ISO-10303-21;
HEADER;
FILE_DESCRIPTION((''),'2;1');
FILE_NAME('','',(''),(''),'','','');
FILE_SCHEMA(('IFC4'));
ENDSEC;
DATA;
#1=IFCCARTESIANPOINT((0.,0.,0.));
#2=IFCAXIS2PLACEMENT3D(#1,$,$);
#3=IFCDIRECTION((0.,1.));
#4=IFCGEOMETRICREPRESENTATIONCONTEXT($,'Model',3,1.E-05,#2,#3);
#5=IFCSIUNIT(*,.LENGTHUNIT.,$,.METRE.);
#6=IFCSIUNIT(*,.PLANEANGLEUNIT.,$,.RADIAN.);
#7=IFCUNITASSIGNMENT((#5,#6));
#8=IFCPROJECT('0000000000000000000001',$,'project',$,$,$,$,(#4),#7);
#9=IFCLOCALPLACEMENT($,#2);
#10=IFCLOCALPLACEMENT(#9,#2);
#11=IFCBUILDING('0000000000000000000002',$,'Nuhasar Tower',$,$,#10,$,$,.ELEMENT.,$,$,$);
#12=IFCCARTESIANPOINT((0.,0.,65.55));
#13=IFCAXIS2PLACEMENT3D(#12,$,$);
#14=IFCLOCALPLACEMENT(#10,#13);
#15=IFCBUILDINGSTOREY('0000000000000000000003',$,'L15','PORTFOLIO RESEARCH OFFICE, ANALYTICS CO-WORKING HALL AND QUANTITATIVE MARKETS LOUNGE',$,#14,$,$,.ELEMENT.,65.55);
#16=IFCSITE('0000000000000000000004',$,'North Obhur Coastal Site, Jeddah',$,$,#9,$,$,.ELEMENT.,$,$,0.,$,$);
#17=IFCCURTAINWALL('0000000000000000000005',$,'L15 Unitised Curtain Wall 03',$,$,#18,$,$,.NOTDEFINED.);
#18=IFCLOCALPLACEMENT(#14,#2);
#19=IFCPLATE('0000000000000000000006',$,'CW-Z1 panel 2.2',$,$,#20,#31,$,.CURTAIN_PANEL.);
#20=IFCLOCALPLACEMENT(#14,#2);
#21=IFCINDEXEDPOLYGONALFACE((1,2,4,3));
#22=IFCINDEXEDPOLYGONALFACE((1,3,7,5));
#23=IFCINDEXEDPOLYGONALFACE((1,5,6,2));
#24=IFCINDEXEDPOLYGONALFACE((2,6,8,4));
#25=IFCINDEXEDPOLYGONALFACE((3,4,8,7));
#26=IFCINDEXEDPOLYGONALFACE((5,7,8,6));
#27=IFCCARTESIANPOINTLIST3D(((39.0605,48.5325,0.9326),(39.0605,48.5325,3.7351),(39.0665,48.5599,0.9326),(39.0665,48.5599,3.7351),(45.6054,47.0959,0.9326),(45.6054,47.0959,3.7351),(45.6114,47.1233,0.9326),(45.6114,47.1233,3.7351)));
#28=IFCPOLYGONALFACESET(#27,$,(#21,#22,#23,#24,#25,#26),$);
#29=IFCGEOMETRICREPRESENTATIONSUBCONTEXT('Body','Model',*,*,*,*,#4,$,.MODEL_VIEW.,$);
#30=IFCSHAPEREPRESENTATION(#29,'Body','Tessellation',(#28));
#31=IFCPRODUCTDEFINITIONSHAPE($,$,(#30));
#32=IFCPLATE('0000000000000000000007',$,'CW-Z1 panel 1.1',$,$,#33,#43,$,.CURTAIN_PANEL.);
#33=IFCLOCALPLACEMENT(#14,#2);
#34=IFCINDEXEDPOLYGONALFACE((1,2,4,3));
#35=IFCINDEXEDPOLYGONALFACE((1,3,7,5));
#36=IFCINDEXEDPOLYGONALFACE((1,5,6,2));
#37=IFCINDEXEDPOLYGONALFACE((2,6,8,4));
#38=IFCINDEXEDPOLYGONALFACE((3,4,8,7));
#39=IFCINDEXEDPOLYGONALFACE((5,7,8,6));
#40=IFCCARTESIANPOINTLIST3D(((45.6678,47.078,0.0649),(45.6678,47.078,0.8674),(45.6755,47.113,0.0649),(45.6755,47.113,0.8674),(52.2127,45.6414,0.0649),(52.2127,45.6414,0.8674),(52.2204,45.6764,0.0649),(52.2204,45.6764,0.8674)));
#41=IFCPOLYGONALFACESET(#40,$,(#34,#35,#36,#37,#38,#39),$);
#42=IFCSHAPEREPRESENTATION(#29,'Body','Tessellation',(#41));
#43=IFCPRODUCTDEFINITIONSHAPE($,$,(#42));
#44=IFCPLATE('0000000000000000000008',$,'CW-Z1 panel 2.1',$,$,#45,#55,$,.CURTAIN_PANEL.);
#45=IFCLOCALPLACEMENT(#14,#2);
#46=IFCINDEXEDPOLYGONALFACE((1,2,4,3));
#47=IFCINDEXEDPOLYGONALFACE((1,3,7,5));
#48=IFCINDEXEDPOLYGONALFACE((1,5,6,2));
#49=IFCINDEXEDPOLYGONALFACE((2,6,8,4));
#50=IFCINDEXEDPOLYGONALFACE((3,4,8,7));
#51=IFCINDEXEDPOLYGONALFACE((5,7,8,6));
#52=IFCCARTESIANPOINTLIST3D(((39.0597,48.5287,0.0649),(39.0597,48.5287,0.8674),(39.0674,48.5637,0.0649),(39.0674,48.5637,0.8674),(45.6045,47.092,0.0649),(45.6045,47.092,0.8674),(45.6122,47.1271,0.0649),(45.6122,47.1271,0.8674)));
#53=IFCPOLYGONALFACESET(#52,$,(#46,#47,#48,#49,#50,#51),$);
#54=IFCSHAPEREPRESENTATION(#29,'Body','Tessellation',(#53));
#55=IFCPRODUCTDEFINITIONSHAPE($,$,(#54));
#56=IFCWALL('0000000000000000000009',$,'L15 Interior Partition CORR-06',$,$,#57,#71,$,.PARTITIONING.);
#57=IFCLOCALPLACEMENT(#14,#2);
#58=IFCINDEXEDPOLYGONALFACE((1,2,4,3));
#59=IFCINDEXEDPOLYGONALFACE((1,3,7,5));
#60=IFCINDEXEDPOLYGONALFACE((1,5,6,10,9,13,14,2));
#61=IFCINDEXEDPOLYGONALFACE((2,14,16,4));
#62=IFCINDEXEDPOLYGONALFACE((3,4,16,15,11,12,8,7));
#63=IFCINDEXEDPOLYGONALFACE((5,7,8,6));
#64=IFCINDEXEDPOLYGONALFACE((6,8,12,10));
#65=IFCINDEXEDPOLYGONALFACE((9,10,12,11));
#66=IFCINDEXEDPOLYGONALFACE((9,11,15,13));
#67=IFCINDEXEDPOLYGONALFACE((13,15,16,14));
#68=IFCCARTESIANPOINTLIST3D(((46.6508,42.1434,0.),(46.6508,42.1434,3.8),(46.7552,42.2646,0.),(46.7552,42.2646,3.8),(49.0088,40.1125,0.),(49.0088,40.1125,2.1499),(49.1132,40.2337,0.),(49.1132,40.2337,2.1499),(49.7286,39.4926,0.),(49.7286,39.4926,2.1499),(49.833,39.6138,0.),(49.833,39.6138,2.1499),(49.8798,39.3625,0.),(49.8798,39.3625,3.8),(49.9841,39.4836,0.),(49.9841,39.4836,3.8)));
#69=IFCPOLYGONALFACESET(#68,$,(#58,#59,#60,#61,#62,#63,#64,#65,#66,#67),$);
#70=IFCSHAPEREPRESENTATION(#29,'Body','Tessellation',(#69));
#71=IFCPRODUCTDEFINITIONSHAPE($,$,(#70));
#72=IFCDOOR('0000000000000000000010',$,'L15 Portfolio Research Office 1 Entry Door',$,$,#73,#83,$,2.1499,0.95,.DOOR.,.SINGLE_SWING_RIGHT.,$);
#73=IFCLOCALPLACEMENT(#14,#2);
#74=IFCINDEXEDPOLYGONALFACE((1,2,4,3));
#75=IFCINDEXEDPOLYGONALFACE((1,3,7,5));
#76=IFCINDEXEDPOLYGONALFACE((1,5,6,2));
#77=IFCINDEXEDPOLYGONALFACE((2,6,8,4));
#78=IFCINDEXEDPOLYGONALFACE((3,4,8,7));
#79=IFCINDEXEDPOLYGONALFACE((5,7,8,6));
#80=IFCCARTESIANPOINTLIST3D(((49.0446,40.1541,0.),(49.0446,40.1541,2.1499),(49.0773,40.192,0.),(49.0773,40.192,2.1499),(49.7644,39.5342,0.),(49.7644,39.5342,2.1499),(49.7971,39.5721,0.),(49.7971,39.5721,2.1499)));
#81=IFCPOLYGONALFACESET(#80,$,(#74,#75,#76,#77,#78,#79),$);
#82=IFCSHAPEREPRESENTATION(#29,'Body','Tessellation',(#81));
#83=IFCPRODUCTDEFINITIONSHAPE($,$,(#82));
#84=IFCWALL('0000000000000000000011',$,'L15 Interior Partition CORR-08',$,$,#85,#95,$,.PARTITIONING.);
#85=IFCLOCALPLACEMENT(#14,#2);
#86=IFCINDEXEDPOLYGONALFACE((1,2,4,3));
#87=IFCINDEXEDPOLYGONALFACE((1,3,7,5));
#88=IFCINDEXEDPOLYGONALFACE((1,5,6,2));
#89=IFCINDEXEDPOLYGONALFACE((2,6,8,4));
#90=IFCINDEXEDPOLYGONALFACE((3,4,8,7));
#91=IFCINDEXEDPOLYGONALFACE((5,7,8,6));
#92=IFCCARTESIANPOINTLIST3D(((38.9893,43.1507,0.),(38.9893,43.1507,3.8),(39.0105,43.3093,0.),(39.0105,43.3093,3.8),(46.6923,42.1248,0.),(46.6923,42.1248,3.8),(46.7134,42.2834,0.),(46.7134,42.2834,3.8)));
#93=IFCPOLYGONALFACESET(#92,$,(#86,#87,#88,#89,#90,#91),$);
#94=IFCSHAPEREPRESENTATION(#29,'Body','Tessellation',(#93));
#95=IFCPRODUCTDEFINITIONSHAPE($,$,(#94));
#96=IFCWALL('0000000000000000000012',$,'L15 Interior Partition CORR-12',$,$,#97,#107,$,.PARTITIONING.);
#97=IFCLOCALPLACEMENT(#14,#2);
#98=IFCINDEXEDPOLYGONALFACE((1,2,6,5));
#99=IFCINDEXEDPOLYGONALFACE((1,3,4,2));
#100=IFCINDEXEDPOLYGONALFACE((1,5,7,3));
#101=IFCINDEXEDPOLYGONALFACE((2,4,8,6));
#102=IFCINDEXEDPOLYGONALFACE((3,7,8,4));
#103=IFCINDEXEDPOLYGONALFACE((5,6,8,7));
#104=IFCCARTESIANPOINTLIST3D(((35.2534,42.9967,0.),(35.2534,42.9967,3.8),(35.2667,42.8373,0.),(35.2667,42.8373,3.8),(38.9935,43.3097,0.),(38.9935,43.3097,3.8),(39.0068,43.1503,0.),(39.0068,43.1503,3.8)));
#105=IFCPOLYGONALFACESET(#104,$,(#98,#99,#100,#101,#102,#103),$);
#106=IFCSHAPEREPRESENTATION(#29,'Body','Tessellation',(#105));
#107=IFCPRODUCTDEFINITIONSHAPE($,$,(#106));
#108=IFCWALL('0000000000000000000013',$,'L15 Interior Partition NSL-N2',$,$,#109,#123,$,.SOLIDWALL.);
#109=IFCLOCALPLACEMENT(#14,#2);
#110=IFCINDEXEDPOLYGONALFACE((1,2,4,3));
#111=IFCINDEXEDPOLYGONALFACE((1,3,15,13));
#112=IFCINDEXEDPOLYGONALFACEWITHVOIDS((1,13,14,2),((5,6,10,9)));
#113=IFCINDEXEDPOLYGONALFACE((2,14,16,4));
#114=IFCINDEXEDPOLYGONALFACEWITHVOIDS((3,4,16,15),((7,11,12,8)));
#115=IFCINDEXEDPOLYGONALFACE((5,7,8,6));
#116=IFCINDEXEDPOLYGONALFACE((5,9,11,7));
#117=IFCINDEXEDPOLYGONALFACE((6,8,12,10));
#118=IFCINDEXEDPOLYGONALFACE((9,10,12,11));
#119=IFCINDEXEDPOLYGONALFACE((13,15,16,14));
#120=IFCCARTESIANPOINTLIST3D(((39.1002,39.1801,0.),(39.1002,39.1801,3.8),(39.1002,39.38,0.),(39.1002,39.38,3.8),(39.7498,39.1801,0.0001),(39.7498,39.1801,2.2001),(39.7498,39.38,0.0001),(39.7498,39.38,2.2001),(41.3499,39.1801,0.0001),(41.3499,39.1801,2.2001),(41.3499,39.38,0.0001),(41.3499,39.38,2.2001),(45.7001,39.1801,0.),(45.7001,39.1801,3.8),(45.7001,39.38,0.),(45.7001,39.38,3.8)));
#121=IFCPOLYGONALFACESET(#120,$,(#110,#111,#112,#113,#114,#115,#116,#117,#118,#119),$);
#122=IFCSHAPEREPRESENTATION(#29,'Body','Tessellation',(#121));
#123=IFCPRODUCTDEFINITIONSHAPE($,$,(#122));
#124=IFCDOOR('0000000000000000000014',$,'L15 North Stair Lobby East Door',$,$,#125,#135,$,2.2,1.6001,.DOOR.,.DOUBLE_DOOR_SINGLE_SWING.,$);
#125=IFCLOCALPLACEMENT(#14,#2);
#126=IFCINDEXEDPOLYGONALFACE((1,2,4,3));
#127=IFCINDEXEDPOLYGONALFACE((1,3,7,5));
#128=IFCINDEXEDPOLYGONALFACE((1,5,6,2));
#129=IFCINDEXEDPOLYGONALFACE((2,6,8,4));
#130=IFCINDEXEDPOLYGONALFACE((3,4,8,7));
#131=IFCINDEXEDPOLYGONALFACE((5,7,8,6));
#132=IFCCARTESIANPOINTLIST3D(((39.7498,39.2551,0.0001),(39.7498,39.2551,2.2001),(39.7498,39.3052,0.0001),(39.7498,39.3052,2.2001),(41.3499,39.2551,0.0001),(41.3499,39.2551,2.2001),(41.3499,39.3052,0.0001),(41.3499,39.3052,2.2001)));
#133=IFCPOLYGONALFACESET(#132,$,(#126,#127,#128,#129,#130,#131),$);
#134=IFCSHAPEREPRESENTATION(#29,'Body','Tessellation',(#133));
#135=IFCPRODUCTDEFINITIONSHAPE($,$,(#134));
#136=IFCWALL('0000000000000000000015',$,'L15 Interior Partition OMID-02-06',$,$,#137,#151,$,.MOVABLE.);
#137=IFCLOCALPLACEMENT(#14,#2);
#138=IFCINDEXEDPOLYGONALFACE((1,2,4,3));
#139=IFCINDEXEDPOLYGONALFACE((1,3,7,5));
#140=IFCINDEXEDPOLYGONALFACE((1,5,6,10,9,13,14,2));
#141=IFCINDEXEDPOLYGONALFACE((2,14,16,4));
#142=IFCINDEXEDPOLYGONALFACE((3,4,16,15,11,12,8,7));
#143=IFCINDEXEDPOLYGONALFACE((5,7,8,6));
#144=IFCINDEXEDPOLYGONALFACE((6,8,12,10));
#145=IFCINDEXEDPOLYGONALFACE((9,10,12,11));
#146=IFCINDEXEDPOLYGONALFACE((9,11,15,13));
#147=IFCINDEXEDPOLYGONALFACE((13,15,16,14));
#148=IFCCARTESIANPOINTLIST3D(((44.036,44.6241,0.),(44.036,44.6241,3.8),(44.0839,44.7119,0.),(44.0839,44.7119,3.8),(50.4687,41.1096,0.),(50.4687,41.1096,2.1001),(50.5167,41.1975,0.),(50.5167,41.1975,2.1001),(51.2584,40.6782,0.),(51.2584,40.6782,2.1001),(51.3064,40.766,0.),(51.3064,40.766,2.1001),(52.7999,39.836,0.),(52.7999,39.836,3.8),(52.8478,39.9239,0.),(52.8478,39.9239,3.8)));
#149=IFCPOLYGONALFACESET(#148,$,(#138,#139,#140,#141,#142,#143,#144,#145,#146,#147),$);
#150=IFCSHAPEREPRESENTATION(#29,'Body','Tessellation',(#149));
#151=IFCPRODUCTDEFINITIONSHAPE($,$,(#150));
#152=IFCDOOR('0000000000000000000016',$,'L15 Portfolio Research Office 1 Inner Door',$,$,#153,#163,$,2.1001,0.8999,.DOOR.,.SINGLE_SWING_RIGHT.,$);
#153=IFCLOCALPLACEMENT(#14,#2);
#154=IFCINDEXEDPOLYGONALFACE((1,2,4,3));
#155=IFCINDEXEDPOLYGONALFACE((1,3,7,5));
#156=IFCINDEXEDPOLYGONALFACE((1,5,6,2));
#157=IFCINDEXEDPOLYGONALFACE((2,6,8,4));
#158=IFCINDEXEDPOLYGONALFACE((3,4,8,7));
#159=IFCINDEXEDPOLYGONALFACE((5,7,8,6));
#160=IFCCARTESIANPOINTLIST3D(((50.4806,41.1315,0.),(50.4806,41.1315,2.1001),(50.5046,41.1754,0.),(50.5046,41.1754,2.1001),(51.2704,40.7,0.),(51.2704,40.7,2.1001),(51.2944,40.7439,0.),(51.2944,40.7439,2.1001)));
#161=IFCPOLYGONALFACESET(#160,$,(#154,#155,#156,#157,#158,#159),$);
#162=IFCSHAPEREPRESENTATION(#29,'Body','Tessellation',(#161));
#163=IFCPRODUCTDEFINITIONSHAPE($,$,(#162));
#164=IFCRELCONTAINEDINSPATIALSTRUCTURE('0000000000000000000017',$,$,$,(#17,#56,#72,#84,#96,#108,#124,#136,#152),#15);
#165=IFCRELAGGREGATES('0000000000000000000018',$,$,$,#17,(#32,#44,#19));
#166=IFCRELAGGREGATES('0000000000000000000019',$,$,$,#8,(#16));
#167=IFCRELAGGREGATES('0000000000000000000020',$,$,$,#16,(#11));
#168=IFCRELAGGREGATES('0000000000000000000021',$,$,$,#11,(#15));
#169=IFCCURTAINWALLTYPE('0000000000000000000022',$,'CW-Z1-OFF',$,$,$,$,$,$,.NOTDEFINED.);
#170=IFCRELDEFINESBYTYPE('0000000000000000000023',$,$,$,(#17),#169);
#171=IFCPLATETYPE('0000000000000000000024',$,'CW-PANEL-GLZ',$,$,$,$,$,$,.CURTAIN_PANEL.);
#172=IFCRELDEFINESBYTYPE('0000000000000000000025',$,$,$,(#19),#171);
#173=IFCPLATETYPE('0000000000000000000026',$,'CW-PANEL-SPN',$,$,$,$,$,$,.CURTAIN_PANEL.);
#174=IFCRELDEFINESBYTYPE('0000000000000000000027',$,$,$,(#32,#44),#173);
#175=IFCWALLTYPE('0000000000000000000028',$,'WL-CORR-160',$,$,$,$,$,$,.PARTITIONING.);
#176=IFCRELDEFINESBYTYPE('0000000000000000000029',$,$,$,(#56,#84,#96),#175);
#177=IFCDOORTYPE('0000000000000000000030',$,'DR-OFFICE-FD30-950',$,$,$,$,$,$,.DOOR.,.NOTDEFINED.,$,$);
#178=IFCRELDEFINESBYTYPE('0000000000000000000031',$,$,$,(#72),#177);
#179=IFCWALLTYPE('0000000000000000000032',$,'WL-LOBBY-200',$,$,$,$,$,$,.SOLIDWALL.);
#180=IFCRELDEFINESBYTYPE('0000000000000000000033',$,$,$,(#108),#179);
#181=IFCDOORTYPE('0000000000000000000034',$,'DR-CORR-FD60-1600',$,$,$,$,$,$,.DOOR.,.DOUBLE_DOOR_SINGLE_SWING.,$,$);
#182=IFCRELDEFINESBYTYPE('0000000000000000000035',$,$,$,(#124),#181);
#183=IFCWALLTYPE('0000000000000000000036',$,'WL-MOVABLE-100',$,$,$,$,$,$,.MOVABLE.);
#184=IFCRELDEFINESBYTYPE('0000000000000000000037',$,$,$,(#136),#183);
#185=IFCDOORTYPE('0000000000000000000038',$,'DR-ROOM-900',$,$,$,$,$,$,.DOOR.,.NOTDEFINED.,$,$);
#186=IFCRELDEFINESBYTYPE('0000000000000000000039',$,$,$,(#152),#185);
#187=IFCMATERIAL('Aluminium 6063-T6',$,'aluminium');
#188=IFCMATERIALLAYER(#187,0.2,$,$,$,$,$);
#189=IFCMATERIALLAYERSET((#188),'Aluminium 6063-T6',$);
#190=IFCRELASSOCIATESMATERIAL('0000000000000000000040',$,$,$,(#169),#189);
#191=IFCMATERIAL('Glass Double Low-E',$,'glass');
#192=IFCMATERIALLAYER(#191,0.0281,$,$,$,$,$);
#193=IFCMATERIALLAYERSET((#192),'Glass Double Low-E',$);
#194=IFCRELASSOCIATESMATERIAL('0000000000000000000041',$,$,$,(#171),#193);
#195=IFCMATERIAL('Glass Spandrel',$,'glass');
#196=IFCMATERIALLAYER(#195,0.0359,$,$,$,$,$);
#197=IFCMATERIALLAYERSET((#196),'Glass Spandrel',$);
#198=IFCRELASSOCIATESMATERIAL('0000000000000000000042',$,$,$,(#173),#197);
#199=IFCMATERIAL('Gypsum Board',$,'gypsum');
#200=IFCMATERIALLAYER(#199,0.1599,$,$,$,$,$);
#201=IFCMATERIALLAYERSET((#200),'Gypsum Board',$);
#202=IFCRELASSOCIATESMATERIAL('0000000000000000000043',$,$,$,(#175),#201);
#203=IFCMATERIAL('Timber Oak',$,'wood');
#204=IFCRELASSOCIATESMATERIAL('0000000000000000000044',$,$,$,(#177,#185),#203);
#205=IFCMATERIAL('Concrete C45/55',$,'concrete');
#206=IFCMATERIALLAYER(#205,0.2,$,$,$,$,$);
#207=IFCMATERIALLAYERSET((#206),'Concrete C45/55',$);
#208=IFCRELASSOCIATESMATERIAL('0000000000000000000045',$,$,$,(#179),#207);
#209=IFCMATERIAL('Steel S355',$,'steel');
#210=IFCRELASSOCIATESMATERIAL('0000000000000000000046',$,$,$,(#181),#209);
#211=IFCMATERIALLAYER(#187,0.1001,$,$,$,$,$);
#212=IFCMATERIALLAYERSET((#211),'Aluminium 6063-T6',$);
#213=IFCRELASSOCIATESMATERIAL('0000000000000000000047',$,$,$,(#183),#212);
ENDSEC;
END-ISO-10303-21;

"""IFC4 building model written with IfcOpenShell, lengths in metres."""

from ifc_helpers import new_model, si_unit, direction, frame, frame_2d, origin, origin_2d, place, context, subcontext, project, spatial, rectangle, extrude, material, layer, layer_set, type_object, element, fill, aggregate, save


model = new_model("IFC4")

# Units and contexts
model_context = context("Model", 3, precision=1e-05, world=origin(), true_north=direction((0.0, 1.0)))
body_context = subcontext(model_context, "Body", "Model", "MODEL_VIEW")
ifc_project = project(units=[si_unit("LENGTHUNIT", "METRE"), si_unit("PLANEANGLEUNIT", "RADIAN")], contexts=[model_context])

# Site, building, storey
site_placement = place(None, origin())
site = spatial("IfcSite", under=ifc_project, at=site_placement, Name="North Obhur Coastal Site, Jeddah", CompositionType="ELEMENT", RefElevation=0.0)
building_placement = place(site_placement, origin())
building = spatial("IfcBuilding", under=site, at=building_placement, Name="Nuhasar Tower", CompositionType="ELEMENT")
storey_placement = place(building_placement, frame((0.0, 0.0, 65.55)))
storey = spatial("IfcBuildingStorey", under=building, at=storey_placement, Name="L15", Description="PORTFOLIO RESEARCH OFFICE, ANALYTICS CO-WORKING HALL AND QUANTITATIVE MARKETS LOUNGE", CompositionType="ELEMENT", Elevation=65.55)

# Shared definitions
ifc_material_1 = material(Name="Steel S355", Category="steel")

# Curtain wall
ifc_material_2 = material(Name="Aluminium 6063-T6", Category="aluminium")
ifc_layer_1 = layer(ifc_material_2, 0.2)
ifc_layer_set_1 = layer_set([ifc_layer_1], Name="Aluminium 6063-T6")
curtain_wall_type = type_object("IfcCurtainWallType", Name="CW-Z1-OFF", PredefinedType="NOTDEFINED", material=ifc_layer_set_1)
curtain_wall_placement = place(storey_placement, origin())
curtain_wall = element("IfcCurtainWall", 1, at=curtain_wall_placement, inside=storey, type_object=curtain_wall_type, Name="L15 Unitised Curtain Wall 03", PredefinedType="NOTDEFINED")

# Plates
ifc_material_3 = material(Name="Glass Double Low-E", Category="glass")
ifc_layer_2 = layer(ifc_material_3, 0.0281)
ifc_layer_set_2 = layer_set([ifc_layer_2], Name="Glass Double Low-E")
plate_type_1 = type_object("IfcPlateType", Name="CW-PANEL-GLZ", PredefinedType="CURTAIN_PANEL", material=ifc_layer_set_2)
plate_1_placement = place(storey_placement, frame((42.3359, 47.8279, 0.9326), z_axis=(0.0, 0.0, 1.0), x_axis=(-0.976746, 0.214399, 0.0)))
plate_1 = element("IfcPlate", 2, at=plate_1_placement, type_object=plate_type_1, Name="CW-Z1 panel 2.2", PredefinedType="CURTAIN_PANEL", context=body_context, shape_type="SweptSolid", body=[
    extrude(rectangle(XDim=6.7007, YDim=0.0281, at=origin_2d()), origin(), (0.0, 0.0, 1.0), 2.8025),
])
ifc_material_4 = material(Name="Glass Spandrel", Category="glass")
ifc_layer_3 = layer(ifc_material_4, 0.0359)
ifc_layer_set_3 = layer_set([ifc_layer_3], Name="Glass Spandrel")
plate_type_2 = type_object("IfcPlateType", Name="CW-PANEL-SPN", PredefinedType="CURTAIN_PANEL", material=ifc_layer_set_3)
plate_2_placement = place(storey_placement, frame((48.9441, 46.3772, 0.0649), z_axis=(0.0, 0.0, 1.0), x_axis=(-0.976746, 0.214399, 0.0)))
plate_2 = element("IfcPlate", 3, at=plate_2_placement, type_object=plate_type_2, Name="CW-Z1 panel 1.1", PredefinedType="CURTAIN_PANEL", context=body_context, shape_type="SweptSolid", body=[
    extrude(rectangle(XDim=6.7007, YDim=0.0359, at=origin_2d()), origin(), (0.0, 0.0, 1.0), 0.8025),
])
plate_3_placement = place(storey_placement, frame((42.3359, 47.8279, 0.0649), z_axis=(0.0, 0.0, 1.0), x_axis=(-0.976746, 0.214399, 0.0)))
plate_3 = element("IfcPlate", 4, at=plate_3_placement, type_object=plate_type_2, Name="CW-Z1 panel 2.1", PredefinedType="CURTAIN_PANEL", context=body_context, shape_type="SweptSolid", body=[
    extrude(rectangle(XDim=6.7007, YDim=0.0359, at=origin_2d()), origin(), (0.0, 0.0, 1.0), 0.8025),
])
aggregate(curtain_wall, [plate_2, plate_3, plate_1])

# Wall, opening, door
ifc_material_5 = material(Name="Gypsum Board", Category="gypsum")
ifc_layer_4 = layer(ifc_material_5, 0.1599)
ifc_layer_set_4 = layer_set([ifc_layer_4], Name="Gypsum Board")
wall_type_1 = type_object("IfcWallType", Name="WL-CORR-160", PredefinedType="PARTITIONING", material=ifc_layer_set_4)
wall_1_placement = place(storey_placement, frame((46.7029, 42.2041, 0.0), z_axis=(0.0, 0.0, 1.0), x_axis=(0.757714, -0.652587, 0.0)))
wall_1 = element("IfcWall", 5, at=wall_1_placement, inside=storey, type_object=wall_type_1, Name="L15 Interior Partition CORR-06", PredefinedType="PARTITIONING", context=body_context, shape_type="SweptSolid", body=[
    extrude(rectangle(XDim=4.2615, YDim=0.1599, at=frame_2d((2.1309, 0.0))), origin(), (0.0, 0.0, 1.0), 3.8),
])
opening_1_placement = place(wall_1_placement, frame((3.1121, 0.0, 0.0)))
opening_1 = element("IfcOpeningElement", 6, at=opening_1_placement, cuts=wall_1, PredefinedType="OPENING", context=body_context, shape_type="SweptSolid", body=[
    extrude(rectangle(XDim=0.95, YDim=2.1499, at=frame_2d((0.4751, 1.075))), frame((0.0, 0.0898, 0.0), z_axis=(0.0, -1.0, 0.0), x_axis=(1.0, 0.0, 0.0)), (0.0, 0.0, 1.0), 0.1799),
])
ifc_material_6 = material(Name="Timber Oak", Category="wood")
door_type_1 = type_object("IfcDoorType", Name="DR-OFFICE-FD30-950", OperationType="NOTDEFINED", PredefinedType="DOOR", material=ifc_material_6)
door_1_placement = place(opening_1_placement, origin())
door_1 = element("IfcDoor", 7, at=door_1_placement, inside=storey, type_object=door_type_1, Name="L15 Portfolio Research Office 1 Entry Door", OperationType="SINGLE_SWING_RIGHT", OverallHeight=2.1499, OverallWidth=0.95, PredefinedType="DOOR", context=body_context, shape_type="SweptSolid", body=[
    extrude(rectangle(XDim=0.95, YDim=2.1499, at=frame_2d((0.4751, 1.075))), frame((0.0, 0.0249, 0.0), z_axis=(0.0, -1.0, 0.0), x_axis=(1.0, 0.0, 0.0)), (0.0, 0.0, 1.0), 0.05),
])
fill(opening_1, door_1)

# Walls
wall_2_placement = place(storey_placement, frame((46.7029, 42.2041, 0.0), z_axis=(0.0, 0.0, 1.0), x_axis=(-0.991248, 0.132016, 0.0)))
element("IfcWall", 8, at=wall_2_placement, inside=storey, type_object=wall_type_1, Name="L15 Interior Partition CORR-08", PredefinedType="PARTITIONING", context=body_context, shape_type="SweptSolid", body=[
    extrude(rectangle(XDim=7.771, YDim=0.1599, at=frame_2d((3.8855, 0.0))), origin(), (0.0, 0.0, 1.0), 3.8),
])
wall_3_placement = place(storey_placement, frame((39.0, 43.23, 0.0), z_axis=(0.0, 0.0, 1.0), x_axis=(-0.996517, -0.083395, 0.0)))
element("IfcWall", 9, at=wall_3_placement, inside=storey, type_object=wall_type_1, Name="L15 Interior Partition CORR-12", PredefinedType="PARTITIONING", context=body_context, shape_type="SweptSolid", body=[
    extrude(rectangle(XDim=3.7532, YDim=0.1599, at=frame_2d((1.8765, 0.0))), origin(), (0.0, 0.0, 1.0), 3.8),
])

# Walls, openings, doors
ifc_material_7 = material(Name="Concrete C45/55", Category="concrete")
ifc_layer_5 = layer(ifc_material_7, 0.2)
ifc_layer_set_5 = layer_set([ifc_layer_5], Name="Concrete C45/55")
wall_type_2 = type_object("IfcWallType", Name="WL-LOBBY-200", PredefinedType="SOLIDWALL", material=ifc_layer_set_5)
wall_4_placement = place(storey_placement, frame((45.7, 39.28, 0.0), z_axis=(0.0, 0.0, 1.0), x_axis=(-1.0, 0.0, 0.0)))
wall_4 = element("IfcWall", 10, at=wall_4_placement, inside=storey, type_object=wall_type_2, Name="L15 Interior Partition NSL-N2", PredefinedType="SOLIDWALL", context=body_context, shape_type="SweptSolid", body=[
    extrude(rectangle(XDim=6.5999, YDim=0.2, at=frame_2d((3.2998, 0.0))), origin(), (0.0, 0.0, 1.0), 3.8),
])
opening_2_placement = place(wall_4_placement, frame((4.3501, 0.0, 0.0)))
opening_2 = element("IfcOpeningElement", 11, at=opening_2_placement, cuts=wall_4, PredefinedType="OPENING", context=body_context, shape_type="SweptSolid", body=[
    extrude(rectangle(XDim=1.6001, YDim=2.2, at=frame_2d((0.8, 1.1001))), frame((0.0, 0.1099, 0.0), z_axis=(0.0, -1.0, 0.0), x_axis=(1.0, 0.0, 0.0)), (0.0, 0.0, 1.0), 0.22),
])
door_type_2 = type_object("IfcDoorType", Name="DR-CORR-FD60-1600", OperationType="DOUBLE_DOOR_SINGLE_SWING", PredefinedType="DOOR", material=ifc_material_1)
door_2_placement = place(opening_2_placement, origin())
door_2 = element("IfcDoor", 12, at=door_2_placement, inside=storey, type_object=door_type_2, Name="L15 North Stair Lobby East Door", OperationType="DOUBLE_DOOR_SINGLE_SWING", OverallHeight=2.2, OverallWidth=1.6001, PredefinedType="DOOR", context=body_context, shape_type="SweptSolid", body=[
    extrude(rectangle(XDim=1.6001, YDim=2.2, at=frame_2d((0.8, 1.1001))), frame((0.0, 0.0249, 0.0), z_axis=(0.0, -1.0, 0.0), x_axis=(1.0, 0.0, 0.0)), (0.0, 0.0, 1.0), 0.05),
])
fill(opening_2, door_2)
ifc_layer_6 = layer(ifc_material_2, 0.1001)
ifc_layer_set_6 = layer_set([ifc_layer_6], Name="Aluminium 6063-T6")
wall_type_3 = type_object("IfcWallType", Name="WL-MOVABLE-100", PredefinedType="MOVABLE", material=ifc_layer_set_6)
wall_5_placement = place(storey_placement, frame((44.0601, 44.668, 0.0), z_axis=(0.0, 0.0, 1.0), x_axis=(0.877568, -0.479452, 0.0)))
wall_5 = element("IfcWall", 13, at=wall_5_placement, inside=storey, type_object=wall_type_3, Name="L15 Interior Partition OMID-02-06", PredefinedType="MOVABLE", context=body_context, shape_type="SweptSolid", body=[
    extrude(rectangle(XDim=9.9866, YDim=0.1001, at=frame_2d((4.9932, 0.0))), origin(), (0.0, 0.0, 1.0), 3.8),
])
opening_3_placement = place(wall_5_placement, frame((7.3301, 0.0, 0.0)))
opening_3 = element("IfcOpeningElement", 14, at=opening_3_placement, cuts=wall_5, PredefinedType="OPENING", context=body_context, shape_type="SweptSolid", body=[
    extrude(rectangle(XDim=0.8999, YDim=2.1001, at=frame_2d((0.45, 1.05))), frame((0.0, 0.0601, 0.0), z_axis=(0.0, -1.0, 0.0), x_axis=(1.0, 0.0, 0.0)), (0.0, 0.0, 1.0), 0.1201),
])
door_type_3 = type_object("IfcDoorType", Name="DR-ROOM-900", OperationType="NOTDEFINED", PredefinedType="DOOR", material=ifc_material_6)
door_3_placement = place(opening_3_placement, origin())
door_3 = element("IfcDoor", 15, at=door_3_placement, inside=storey, type_object=door_type_3, Name="L15 Portfolio Research Office 1 Inner Door", OperationType="SINGLE_SWING_RIGHT", OverallHeight=2.1001, OverallWidth=0.8999, PredefinedType="DOOR", context=body_context, shape_type="SweptSolid", body=[
    extrude(rectangle(XDim=0.8999, YDim=2.1001, at=frame_2d((0.45, 1.05))), frame((0.0, 0.0249, 0.0), z_axis=(0.0, -1.0, 0.0), x_axis=(1.0, 0.0, 0.0)), (0.0, 0.0, 1.0), 0.05),
])
fill(opening_3, door_3)

save(model, "model.ifc")
